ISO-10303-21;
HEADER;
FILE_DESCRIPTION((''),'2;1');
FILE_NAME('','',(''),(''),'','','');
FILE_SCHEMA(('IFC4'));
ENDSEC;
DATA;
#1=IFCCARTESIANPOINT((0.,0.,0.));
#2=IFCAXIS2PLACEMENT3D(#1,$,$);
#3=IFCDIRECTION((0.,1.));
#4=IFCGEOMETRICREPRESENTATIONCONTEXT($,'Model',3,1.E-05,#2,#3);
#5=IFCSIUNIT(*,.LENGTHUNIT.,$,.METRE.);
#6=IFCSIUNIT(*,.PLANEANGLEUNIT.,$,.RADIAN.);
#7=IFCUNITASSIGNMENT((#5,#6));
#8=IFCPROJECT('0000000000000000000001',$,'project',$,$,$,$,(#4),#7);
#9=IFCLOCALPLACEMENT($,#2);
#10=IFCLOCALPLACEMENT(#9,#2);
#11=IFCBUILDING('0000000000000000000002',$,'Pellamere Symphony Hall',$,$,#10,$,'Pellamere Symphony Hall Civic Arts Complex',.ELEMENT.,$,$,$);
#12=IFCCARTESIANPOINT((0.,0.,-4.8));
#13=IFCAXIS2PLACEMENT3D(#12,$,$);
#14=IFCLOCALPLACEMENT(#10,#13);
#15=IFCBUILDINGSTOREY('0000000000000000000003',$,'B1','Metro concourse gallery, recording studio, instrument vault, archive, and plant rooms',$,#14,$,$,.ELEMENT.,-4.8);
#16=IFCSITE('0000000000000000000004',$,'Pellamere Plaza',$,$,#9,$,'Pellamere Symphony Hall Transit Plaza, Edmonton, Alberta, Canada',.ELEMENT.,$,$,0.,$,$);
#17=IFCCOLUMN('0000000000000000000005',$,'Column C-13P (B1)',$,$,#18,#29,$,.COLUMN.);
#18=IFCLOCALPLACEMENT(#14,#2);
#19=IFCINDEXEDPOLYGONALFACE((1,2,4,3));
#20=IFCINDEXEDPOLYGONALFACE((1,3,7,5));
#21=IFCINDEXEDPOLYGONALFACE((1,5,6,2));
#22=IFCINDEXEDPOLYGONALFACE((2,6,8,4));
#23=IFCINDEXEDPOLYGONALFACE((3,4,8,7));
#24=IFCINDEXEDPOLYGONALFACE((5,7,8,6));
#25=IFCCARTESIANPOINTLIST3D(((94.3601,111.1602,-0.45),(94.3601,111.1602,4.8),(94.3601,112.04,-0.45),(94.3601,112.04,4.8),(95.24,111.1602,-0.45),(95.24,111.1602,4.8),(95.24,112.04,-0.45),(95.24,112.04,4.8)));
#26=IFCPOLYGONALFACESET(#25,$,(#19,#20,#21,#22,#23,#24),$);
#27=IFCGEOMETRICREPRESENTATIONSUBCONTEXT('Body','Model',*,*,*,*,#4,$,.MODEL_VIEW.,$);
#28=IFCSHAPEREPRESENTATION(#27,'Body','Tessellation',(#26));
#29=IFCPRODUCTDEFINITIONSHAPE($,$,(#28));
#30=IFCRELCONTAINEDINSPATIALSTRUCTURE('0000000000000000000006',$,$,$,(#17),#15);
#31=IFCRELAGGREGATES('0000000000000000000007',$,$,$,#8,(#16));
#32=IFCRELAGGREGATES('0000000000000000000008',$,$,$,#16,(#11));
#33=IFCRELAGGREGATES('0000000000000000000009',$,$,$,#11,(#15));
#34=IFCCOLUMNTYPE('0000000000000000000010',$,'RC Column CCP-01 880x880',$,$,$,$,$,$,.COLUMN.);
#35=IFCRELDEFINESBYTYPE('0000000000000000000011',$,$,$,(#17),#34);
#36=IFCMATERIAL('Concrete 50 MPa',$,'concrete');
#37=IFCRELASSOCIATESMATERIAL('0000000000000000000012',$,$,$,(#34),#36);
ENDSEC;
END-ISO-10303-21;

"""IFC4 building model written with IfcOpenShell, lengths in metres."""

from ifc_helpers import new_model, si_unit, direction, frame, origin, origin_2d, place, context, subcontext, project, spatial, rectangle, extrude, material, material_profile, profile_set, type_object, element, save


model = new_model("IFC4")

# Units and contexts
model_context = context("Model", 3, precision=1e-05, world=origin(), true_north=direction((0.0, 1.0)))
body_context = subcontext(model_context, "Body", "Model", "MODEL_VIEW")
ifc_project = project(units=[si_unit("LENGTHUNIT", "METRE"), si_unit("PLANEANGLEUNIT", "RADIAN")], contexts=[model_context])

# Site, building, storey
site_placement = place(None, origin())
site = spatial("IfcSite", under=ifc_project, at=site_placement, Name="Pellamere Plaza", LongName="Pellamere Symphony Hall Transit Plaza, Edmonton, Alberta, Canada", CompositionType="ELEMENT", RefElevation=0.0)
building_placement = place(site_placement, origin())
building = spatial("IfcBuilding", under=site, at=building_placement, Name="Pellamere Symphony Hall", LongName="Pellamere Symphony Hall Civic Arts Complex", CompositionType="ELEMENT")
storey_placement = place(building_placement, frame((0.0, 0.0, -4.8)))
storey = spatial("IfcBuildingStorey", under=building, at=storey_placement, Name="B1", Description="Metro concourse gallery, recording studio, instrument vault, archive, and plant rooms", CompositionType="ELEMENT", Elevation=-4.8)

# Column
ifc_material_1 = material(Name="Concrete 50 MPa", Category="concrete")
ifc_material_profile_1 = material_profile(ifc_material_1, rectangle(XDim=0.8799, YDim=0.8799, at=origin_2d()), Name="RC 880x880")
ifc_profile_set_1 = profile_set([ifc_material_profile_1], Name="Concrete 50 MPa")
column_type_1 = type_object("IfcColumnType", Name="RC Column CCP-01 880x880", PredefinedType="COLUMN", material=ifc_profile_set_1)
column_1_placement = place(storey_placement, frame((94.8, 111.6001, -0.45), z_axis=(0.0, 0.0, 1.0), x_axis=(1.0, 0.0, 0.0)))
element("IfcColumn", 1, at=column_1_placement, inside=storey, type_object=column_type_1, Name="Column C-13P (B1)", PredefinedType="COLUMN", context=body_context, shape_type="SweptSolid", body=[
    extrude(rectangle(XDim=0.8799, YDim=0.8799, at=origin_2d()), origin(), (0.0, 0.0, 1.0), 5.25),
])

save(model, "model.ifc")
